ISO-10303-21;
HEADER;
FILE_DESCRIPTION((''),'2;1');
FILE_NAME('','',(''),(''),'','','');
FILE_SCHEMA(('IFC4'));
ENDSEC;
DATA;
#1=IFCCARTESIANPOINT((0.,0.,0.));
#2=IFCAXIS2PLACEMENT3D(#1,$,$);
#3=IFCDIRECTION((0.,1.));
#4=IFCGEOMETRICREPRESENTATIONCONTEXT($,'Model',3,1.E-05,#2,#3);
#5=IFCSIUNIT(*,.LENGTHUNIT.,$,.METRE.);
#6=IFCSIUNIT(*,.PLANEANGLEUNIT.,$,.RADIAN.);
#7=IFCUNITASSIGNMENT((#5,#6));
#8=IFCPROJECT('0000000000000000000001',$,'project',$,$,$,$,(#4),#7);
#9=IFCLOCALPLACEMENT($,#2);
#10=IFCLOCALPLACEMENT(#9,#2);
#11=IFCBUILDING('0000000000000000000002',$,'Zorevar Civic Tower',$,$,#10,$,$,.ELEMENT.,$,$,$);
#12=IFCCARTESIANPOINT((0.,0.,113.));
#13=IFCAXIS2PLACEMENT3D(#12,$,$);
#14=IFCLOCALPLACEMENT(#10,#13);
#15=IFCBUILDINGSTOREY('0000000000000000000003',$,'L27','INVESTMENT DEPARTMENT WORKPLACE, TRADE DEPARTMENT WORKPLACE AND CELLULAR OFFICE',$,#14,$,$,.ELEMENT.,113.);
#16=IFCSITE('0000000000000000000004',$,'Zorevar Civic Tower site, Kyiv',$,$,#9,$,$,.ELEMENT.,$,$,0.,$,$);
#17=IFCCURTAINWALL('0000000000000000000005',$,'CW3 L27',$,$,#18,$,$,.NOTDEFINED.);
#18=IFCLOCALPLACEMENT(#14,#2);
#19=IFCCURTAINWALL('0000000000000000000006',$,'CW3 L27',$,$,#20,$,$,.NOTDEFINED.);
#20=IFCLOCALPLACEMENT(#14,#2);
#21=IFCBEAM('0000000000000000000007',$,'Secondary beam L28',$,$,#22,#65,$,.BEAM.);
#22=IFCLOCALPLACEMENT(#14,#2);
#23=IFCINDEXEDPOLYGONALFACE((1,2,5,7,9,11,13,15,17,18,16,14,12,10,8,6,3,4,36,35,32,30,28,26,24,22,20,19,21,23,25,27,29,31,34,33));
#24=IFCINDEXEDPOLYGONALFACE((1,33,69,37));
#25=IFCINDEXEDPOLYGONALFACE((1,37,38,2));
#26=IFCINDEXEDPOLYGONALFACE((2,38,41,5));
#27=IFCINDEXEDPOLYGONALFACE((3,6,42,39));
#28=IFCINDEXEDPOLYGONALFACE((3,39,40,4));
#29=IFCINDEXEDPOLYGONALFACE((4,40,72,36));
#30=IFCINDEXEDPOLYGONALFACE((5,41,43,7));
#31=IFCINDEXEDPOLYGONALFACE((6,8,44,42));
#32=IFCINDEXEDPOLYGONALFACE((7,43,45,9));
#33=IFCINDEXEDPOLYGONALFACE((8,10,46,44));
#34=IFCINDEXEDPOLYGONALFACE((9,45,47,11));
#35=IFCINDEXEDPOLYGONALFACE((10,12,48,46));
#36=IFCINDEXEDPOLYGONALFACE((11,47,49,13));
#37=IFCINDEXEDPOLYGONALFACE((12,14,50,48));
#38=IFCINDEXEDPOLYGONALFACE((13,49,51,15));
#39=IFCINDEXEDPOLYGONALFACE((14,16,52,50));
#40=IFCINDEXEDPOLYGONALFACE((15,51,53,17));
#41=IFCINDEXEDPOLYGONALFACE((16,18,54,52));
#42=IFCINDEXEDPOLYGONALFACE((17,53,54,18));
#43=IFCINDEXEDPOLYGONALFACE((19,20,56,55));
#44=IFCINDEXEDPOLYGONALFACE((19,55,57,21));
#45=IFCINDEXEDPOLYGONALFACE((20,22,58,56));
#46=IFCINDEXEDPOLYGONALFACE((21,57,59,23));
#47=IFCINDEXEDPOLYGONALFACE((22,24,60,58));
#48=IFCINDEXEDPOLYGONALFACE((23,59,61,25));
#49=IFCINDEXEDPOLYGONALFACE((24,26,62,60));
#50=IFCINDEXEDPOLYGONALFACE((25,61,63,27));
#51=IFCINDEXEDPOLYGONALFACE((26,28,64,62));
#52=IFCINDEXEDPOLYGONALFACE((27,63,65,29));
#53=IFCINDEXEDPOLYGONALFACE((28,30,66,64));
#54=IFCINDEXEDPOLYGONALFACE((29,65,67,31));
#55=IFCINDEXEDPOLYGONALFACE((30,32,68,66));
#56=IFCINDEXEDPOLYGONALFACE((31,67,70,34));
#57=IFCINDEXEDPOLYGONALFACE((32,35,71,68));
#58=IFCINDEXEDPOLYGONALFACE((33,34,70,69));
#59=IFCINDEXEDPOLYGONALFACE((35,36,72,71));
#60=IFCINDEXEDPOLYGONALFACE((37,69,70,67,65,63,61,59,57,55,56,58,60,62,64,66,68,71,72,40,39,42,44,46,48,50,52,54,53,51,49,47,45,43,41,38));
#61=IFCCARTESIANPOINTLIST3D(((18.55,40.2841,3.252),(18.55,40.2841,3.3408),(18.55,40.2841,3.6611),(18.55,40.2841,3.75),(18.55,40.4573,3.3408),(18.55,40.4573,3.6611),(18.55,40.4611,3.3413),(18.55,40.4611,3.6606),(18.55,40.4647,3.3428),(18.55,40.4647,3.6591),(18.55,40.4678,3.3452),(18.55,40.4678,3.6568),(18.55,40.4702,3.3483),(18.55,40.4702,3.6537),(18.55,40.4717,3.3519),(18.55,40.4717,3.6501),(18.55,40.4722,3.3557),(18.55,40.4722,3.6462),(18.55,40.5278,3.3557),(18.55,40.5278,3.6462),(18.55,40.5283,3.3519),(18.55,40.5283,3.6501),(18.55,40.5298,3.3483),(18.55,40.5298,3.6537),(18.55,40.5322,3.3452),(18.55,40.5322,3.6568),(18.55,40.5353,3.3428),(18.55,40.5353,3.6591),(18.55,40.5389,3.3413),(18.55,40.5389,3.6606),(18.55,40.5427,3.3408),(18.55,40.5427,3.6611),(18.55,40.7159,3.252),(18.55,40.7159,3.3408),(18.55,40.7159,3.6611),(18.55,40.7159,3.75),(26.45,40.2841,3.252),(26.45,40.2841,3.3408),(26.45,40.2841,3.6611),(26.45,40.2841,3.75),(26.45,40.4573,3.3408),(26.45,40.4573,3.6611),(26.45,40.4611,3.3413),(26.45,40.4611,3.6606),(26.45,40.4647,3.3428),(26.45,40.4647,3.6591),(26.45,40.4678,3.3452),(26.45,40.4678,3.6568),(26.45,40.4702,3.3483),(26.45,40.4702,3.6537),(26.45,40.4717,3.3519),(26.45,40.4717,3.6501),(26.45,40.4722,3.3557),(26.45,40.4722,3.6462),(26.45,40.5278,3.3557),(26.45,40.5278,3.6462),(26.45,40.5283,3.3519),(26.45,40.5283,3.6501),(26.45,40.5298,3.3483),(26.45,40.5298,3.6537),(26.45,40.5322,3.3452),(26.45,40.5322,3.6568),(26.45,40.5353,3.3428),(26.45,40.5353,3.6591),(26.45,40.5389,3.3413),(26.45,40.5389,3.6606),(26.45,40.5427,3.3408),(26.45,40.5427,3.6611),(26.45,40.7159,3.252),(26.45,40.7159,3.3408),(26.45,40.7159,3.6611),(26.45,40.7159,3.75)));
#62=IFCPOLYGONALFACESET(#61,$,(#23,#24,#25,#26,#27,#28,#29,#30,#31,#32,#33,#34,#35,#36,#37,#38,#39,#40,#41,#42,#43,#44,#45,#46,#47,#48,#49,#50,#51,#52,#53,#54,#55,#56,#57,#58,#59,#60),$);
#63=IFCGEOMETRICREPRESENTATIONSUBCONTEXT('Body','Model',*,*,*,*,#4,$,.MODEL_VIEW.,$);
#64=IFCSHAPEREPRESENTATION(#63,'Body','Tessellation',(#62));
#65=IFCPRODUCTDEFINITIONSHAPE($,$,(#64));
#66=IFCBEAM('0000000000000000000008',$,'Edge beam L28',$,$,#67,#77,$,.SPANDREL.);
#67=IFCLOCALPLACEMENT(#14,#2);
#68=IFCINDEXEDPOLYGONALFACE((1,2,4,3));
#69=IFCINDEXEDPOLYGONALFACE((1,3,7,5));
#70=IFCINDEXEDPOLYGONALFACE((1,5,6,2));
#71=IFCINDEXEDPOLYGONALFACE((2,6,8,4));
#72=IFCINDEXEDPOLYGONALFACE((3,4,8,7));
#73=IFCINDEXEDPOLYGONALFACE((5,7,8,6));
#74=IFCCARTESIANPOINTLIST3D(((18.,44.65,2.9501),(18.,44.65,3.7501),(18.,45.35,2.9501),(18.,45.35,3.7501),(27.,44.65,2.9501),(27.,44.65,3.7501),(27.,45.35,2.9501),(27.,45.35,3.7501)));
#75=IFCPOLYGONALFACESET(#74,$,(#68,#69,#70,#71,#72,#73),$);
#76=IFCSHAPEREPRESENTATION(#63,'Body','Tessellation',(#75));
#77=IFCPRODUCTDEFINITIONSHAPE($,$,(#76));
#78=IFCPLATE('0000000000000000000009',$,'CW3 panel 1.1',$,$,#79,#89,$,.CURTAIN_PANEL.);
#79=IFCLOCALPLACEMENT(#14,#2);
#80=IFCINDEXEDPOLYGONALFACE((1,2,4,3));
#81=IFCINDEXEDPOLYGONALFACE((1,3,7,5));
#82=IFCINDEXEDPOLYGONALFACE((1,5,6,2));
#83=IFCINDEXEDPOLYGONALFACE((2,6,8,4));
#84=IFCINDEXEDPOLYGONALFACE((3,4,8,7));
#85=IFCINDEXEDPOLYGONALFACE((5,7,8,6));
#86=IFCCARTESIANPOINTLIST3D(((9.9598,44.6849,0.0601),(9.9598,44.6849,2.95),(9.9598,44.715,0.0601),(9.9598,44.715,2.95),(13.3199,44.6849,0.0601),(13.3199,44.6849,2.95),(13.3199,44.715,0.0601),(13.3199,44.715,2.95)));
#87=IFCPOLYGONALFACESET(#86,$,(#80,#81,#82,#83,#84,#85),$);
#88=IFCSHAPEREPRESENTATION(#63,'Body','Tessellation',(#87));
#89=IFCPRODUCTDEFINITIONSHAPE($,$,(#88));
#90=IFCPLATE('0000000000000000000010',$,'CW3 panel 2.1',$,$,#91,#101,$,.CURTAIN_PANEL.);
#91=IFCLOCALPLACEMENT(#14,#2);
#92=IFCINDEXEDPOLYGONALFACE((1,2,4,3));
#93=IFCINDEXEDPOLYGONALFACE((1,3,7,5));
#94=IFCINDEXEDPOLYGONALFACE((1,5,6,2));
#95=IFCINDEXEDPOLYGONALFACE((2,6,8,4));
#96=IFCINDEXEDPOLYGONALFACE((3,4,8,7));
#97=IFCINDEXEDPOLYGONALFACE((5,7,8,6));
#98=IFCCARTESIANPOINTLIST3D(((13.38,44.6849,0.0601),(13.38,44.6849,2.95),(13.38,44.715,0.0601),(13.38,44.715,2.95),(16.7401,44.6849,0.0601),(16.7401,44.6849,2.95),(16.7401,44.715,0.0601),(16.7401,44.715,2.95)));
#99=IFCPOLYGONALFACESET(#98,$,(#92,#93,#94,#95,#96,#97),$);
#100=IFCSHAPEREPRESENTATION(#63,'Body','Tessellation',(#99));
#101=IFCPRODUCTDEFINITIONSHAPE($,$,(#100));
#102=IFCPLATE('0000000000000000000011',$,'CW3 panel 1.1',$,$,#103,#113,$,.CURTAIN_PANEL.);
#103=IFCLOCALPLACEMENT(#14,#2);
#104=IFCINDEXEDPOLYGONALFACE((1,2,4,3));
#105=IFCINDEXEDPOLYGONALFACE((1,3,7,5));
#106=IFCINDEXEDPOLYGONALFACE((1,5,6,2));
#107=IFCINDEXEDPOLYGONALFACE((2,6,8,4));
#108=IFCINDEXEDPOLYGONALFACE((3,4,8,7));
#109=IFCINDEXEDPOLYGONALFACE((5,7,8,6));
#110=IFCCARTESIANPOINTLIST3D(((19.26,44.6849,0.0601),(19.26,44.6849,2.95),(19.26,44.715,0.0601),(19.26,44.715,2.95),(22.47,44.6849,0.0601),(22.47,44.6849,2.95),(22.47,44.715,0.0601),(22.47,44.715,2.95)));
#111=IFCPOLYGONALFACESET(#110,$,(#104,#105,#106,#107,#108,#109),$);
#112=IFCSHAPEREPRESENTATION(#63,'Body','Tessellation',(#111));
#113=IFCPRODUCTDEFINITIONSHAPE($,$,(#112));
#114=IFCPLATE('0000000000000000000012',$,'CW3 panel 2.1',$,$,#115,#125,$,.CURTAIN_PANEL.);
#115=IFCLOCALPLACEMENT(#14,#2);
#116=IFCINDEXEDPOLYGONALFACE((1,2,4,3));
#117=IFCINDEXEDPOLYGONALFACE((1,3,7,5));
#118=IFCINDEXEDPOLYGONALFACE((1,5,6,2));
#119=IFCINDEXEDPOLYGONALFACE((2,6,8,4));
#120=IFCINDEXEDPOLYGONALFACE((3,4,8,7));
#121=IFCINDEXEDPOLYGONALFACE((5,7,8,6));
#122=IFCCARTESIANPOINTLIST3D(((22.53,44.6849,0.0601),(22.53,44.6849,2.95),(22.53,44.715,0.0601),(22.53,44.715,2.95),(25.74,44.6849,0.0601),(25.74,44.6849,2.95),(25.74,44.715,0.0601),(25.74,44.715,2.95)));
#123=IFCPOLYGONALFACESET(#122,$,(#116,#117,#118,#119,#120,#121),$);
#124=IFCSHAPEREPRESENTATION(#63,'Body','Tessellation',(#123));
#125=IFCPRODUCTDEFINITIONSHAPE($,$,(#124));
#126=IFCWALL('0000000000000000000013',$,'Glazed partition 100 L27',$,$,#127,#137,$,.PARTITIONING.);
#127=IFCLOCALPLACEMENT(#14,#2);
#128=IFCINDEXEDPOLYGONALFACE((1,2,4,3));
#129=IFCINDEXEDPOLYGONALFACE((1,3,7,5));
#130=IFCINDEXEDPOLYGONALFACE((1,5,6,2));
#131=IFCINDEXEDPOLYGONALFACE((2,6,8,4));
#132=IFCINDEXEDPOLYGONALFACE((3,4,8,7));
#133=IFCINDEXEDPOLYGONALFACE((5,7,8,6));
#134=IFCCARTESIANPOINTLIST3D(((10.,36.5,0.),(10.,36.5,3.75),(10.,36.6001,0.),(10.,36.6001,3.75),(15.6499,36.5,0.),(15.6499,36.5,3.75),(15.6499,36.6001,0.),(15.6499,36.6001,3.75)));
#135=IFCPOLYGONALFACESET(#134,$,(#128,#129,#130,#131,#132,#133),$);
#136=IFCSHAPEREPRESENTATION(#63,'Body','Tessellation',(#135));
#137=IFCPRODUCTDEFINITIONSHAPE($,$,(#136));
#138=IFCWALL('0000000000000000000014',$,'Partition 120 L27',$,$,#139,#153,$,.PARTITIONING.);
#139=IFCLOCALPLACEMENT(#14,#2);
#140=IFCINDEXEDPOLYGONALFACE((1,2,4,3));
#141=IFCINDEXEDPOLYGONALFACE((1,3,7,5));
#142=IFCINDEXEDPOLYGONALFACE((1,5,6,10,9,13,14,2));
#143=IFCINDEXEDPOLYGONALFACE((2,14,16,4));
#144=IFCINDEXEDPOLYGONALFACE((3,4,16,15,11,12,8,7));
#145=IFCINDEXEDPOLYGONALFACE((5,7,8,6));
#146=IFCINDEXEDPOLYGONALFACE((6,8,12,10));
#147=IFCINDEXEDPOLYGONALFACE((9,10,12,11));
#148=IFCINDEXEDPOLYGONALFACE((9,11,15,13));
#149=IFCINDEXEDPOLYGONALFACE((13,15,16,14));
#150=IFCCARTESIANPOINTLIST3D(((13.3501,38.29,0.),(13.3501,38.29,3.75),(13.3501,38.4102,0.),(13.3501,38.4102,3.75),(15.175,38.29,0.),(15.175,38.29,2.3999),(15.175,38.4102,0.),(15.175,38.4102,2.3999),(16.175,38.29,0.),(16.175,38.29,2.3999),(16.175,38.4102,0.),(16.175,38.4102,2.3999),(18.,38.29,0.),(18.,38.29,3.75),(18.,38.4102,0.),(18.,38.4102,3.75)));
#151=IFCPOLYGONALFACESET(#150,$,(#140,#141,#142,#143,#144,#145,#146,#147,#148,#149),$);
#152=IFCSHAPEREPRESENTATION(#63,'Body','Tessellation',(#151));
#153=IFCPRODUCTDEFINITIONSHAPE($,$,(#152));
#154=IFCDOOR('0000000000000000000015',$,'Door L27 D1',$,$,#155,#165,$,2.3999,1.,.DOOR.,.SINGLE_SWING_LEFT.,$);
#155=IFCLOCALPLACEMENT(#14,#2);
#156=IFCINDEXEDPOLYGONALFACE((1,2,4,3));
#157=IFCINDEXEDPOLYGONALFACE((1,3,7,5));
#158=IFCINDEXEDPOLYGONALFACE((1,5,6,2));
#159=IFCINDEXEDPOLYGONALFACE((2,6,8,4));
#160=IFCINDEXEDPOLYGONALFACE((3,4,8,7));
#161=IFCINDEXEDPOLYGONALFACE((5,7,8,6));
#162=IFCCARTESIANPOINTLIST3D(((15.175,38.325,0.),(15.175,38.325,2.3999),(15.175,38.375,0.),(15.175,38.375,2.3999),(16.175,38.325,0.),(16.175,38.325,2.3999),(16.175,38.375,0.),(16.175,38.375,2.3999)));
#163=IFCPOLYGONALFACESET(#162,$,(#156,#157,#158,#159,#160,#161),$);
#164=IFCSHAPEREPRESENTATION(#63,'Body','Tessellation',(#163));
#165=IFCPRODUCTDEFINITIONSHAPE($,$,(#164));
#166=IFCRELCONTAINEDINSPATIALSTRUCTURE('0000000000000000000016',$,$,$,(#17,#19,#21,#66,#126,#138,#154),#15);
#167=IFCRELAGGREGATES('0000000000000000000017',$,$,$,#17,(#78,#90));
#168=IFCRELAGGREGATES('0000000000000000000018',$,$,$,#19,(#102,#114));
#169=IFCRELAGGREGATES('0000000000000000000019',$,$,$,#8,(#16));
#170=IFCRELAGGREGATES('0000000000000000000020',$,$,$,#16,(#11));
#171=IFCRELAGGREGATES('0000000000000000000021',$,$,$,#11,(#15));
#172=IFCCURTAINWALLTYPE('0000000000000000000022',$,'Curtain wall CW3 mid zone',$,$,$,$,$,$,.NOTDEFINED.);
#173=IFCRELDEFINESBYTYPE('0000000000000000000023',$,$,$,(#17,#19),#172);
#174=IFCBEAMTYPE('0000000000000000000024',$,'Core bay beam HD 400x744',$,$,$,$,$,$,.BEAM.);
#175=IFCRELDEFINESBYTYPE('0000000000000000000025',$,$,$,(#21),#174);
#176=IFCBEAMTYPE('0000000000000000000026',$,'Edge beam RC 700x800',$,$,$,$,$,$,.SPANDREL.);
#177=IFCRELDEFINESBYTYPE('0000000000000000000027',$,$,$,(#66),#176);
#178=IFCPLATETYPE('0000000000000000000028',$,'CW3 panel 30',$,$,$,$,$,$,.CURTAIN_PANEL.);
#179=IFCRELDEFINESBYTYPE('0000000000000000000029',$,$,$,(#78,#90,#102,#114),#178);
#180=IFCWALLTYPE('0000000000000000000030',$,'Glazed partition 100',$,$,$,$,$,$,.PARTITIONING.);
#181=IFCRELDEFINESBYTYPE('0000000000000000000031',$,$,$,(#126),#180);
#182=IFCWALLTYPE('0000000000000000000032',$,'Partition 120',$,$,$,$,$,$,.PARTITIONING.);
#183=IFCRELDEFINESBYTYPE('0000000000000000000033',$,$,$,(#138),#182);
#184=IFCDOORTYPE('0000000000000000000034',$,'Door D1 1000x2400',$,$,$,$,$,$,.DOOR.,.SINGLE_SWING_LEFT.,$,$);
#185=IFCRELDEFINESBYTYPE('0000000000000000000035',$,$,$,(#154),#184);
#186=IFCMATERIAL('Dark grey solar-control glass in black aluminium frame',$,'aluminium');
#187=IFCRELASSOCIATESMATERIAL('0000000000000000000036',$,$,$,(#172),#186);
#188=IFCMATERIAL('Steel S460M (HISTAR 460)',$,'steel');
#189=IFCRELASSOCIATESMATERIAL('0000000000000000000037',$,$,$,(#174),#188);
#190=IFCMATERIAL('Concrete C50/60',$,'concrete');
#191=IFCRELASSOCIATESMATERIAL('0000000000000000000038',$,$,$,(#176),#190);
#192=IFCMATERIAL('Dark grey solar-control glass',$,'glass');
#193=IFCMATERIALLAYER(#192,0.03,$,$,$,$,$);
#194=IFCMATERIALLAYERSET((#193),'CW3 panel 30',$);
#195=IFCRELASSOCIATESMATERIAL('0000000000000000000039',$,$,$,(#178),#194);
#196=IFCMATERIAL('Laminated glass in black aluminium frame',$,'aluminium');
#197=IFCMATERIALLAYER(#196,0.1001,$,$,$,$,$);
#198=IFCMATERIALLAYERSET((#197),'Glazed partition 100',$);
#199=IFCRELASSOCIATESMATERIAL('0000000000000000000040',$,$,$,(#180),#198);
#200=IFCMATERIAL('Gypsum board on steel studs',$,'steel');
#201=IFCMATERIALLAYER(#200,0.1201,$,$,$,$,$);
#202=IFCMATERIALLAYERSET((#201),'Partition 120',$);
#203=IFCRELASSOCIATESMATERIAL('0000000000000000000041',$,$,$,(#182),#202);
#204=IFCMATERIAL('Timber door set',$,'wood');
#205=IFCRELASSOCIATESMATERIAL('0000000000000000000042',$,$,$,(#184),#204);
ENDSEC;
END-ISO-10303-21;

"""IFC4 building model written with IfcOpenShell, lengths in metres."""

from ifc_helpers import new_model, si_unit, direction, frame, frame_2d, origin, origin_2d, place, context, subcontext, project, spatial, rectangle, i_section, extrude, material, layer, layer_set, material_profile, profile_set, type_object, element, fill, aggregate, save


model = new_model("IFC4")

# Units and contexts
model_context = context("Model", 3, precision=1e-05, world=origin(), true_north=direction((0.0, 1.0)))
body_context = subcontext(model_context, "Body", "Model", "MODEL_VIEW")
ifc_project = project(units=[si_unit("LENGTHUNIT", "METRE"), si_unit("PLANEANGLEUNIT", "RADIAN")], contexts=[model_context])

# Site, building, storey
site_placement = place(None, origin())
site = spatial("IfcSite", under=ifc_project, at=site_placement, Name="Zorevar Civic Tower site, Kyiv", CompositionType="ELEMENT", RefElevation=0.0)
building_placement = place(site_placement, origin())
building = spatial("IfcBuilding", under=site, at=building_placement, Name="Zorevar Civic Tower", CompositionType="ELEMENT")
storey_placement = place(building_placement, frame((0.0, 0.0, 113.0)))
storey = spatial("IfcBuildingStorey", under=building, at=storey_placement, Name="L27", Description="INVESTMENT DEPARTMENT WORKPLACE, TRADE DEPARTMENT WORKPLACE AND CELLULAR OFFICE", CompositionType="ELEMENT", Elevation=113.0)

# Curtain walls
ifc_material_1 = material(Name="Dark grey solar-control glass in black aluminium frame", Category="aluminium")
curtain_wall_type = type_object("IfcCurtainWallType", Name="Curtain wall CW3 mid zone", PredefinedType="NOTDEFINED", material=ifc_material_1)
curtain_wall_1_placement = place(storey_placement, origin())
curtain_wall_1 = element("IfcCurtainWall", 1, at=curtain_wall_1_placement, inside=storey, type_object=curtain_wall_type, Name="CW3 L27", PredefinedType="NOTDEFINED")
curtain_wall_2_placement = place(storey_placement, origin())
curtain_wall_2 = element("IfcCurtainWall", 2, at=curtain_wall_2_placement, inside=storey, type_object=curtain_wall_type, Name="CW3 L27", PredefinedType="NOTDEFINED")

# Beams
ifc_material_2 = material(Name="Steel S460M (HISTAR 460)", Category="steel")
ifc_material_profile_1 = material_profile(ifc_material_2, i_section(OverallWidth=0.4319, OverallDepth=0.498, WebThickness=0.0557, FlangeThickness=0.0889, FilletRadius=0.0149, at=origin_2d()), Name="HD 400x744")
ifc_profile_set_1 = profile_set([ifc_material_profile_1], Name="Steel S460M (HISTAR 460)")
beam_type_1 = type_object("IfcBeamType", Name="Core bay beam HD 400x744", PredefinedType="BEAM", material=ifc_profile_set_1)
beam_1_placement = place(storey_placement, frame((18.55, 40.5, 3.501), z_axis=(1.0, 0.0, 0.0), x_axis=(0.0, 1.0, 0.0)))
element("IfcBeam", 3, at=beam_1_placement, inside=storey, type_object=beam_type_1, Name="Secondary beam L28", PredefinedType="BEAM", context=body_context, shape_type="SweptSolid", body=[
    extrude(i_section(OverallWidth=0.4319, OverallDepth=0.498, WebThickness=0.0557, FlangeThickness=0.0889, FilletRadius=0.0149, at=origin_2d()), origin(), (0.0, 0.0, 1.0), 7.8999),
])
ifc_material_3 = material(Name="Concrete C50/60", Category="concrete")
ifc_material_profile_2 = material_profile(ifc_material_3, rectangle(XDim=0.7, YDim=0.8, at=origin_2d()), Name="RC 700x800")
ifc_profile_set_2 = profile_set([ifc_material_profile_2], Name="Concrete C50/60")
beam_type_2 = type_object("IfcBeamType", Name="Edge beam RC 700x800", PredefinedType="SPANDREL", material=ifc_profile_set_2)
beam_2_placement = place(storey_placement, frame((18.0, 45.0, 3.3501), z_axis=(1.0, 0.0, 0.0), x_axis=(0.0, 1.0, 0.0)))
element("IfcBeam", 4, at=beam_2_placement, inside=storey, type_object=beam_type_2, Name="Edge beam L28", PredefinedType="SPANDREL", context=body_context, shape_type="SweptSolid", body=[
    extrude(rectangle(XDim=0.7, YDim=0.8, at=origin_2d()), origin(), (0.0, 0.0, 1.0), 9.0),
])

# Plates
ifc_material_4 = material(Name="Dark grey solar-control glass", Category="glass")
ifc_layer_1 = layer(ifc_material_4, 0.03)
ifc_layer_set_1 = layer_set([ifc_layer_1], Name="CW3 panel 30")
plate_type = type_object("IfcPlateType", Name="CW3 panel 30", PredefinedType="CURTAIN_PANEL", material=ifc_layer_set_1)
plate_1_placement = place(storey_placement, frame((11.6399, 44.7, 0.0601), z_axis=(0.0, 0.0, 1.0), x_axis=(1.0, 0.0, 0.0)))
plate_1 = element("IfcPlate", 5, at=plate_1_placement, type_object=plate_type, Name="CW3 panel 1.1", PredefinedType="CURTAIN_PANEL", context=body_context, shape_type="SweptSolid", body=[
    extrude(rectangle(XDim=3.3601, YDim=0.03, at=origin_2d()), origin(), (0.0, 0.0, 1.0), 2.8899),
])
plate_2_placement = place(storey_placement, frame((15.0601, 44.7, 0.0601), z_axis=(0.0, 0.0, 1.0), x_axis=(1.0, 0.0, 0.0)))
plate_2 = element("IfcPlate", 6, at=plate_2_placement, type_object=plate_type, Name="CW3 panel 2.1", PredefinedType="CURTAIN_PANEL", context=body_context, shape_type="SweptSolid", body=[
    extrude(rectangle(XDim=3.3601, YDim=0.03, at=origin_2d()), origin(), (0.0, 0.0, 1.0), 2.8899),
])
aggregate(curtain_wall_1, [plate_1, plate_2])
plate_3_placement = place(storey_placement, frame((20.865, 44.7, 0.0601), z_axis=(0.0, 0.0, 1.0), x_axis=(1.0, 0.0, 0.0)))
plate_3 = element("IfcPlate", 7, at=plate_3_placement, type_object=plate_type, Name="CW3 panel 1.1", PredefinedType="CURTAIN_PANEL", context=body_context, shape_type="SweptSolid", body=[
    extrude(rectangle(XDim=3.21, YDim=0.03, at=origin_2d()), origin(), (0.0, 0.0, 1.0), 2.8899),
])
plate_4_placement = place(storey_placement, frame((24.135, 44.7, 0.0601), z_axis=(0.0, 0.0, 1.0), x_axis=(1.0, 0.0, 0.0)))
plate_4 = element("IfcPlate", 8, at=plate_4_placement, type_object=plate_type, Name="CW3 panel 2.1", PredefinedType="CURTAIN_PANEL", context=body_context, shape_type="SweptSolid", body=[
    extrude(rectangle(XDim=3.21, YDim=0.03, at=origin_2d()), origin(), (0.0, 0.0, 1.0), 2.8899),
])
aggregate(curtain_wall_2, [plate_3, plate_4])

# Wall
ifc_material_5 = material(Name="Laminated glass in black aluminium frame", Category="aluminium")
ifc_layer_2 = layer(ifc_material_5, 0.1001)
ifc_layer_set_2 = layer_set([ifc_layer_2], Name="Glazed partition 100")
wall_type_1 = type_object("IfcWallType", Name="Glazed partition 100", PredefinedType="PARTITIONING", material=ifc_layer_set_2)
wall_1_placement = place(storey_placement, frame((10.0, 36.55, 0.0), z_axis=(0.0, 0.0, 1.0), x_axis=(1.0, 0.0, 0.0)))
element("IfcWall", 9, at=wall_1_placement, inside=storey, type_object=wall_type_1, Name="Glazed partition 100 L27", PredefinedType="PARTITIONING", context=body_context, shape_type="SweptSolid", body=[
    extrude(rectangle(XDim=5.6499, YDim=0.1001, at=frame_2d((2.825, 0.0))), origin(), (0.0, 0.0, 1.0), 3.75),
])

# Wall, opening, door
ifc_material_6 = material(Name="Gypsum board on steel studs", Category="steel")
ifc_layer_3 = layer(ifc_material_6, 0.1201)
ifc_layer_set_3 = layer_set([ifc_layer_3], Name="Partition 120")
wall_type_2 = type_object("IfcWallType", Name="Partition 120", PredefinedType="PARTITIONING", material=ifc_layer_set_3)
wall_2_placement = place(storey_placement, frame((13.3501, 38.3501, 0.0), z_axis=(0.0, 0.0, 1.0), x_axis=(1.0, 0.0, 0.0)))
wall_2 = element("IfcWall", 10, at=wall_2_placement, inside=storey, type_object=wall_type_2, Name="Partition 120 L27", PredefinedType="PARTITIONING", context=body_context, shape_type="SweptSolid", body=[
    extrude(rectangle(XDim=4.6499, YDim=0.1201, at=frame_2d((2.325, 0.0))), origin(), (0.0, 0.0, 1.0), 3.75),
])
opening_1_placement = place(wall_2_placement, frame((1.825, 0.0, 0.0)))
opening_1 = element("IfcOpeningElement", 11, at=opening_1_placement, cuts=wall_2, PredefinedType="OPENING", context=body_context, shape_type="SweptSolid", body=[
    extrude(rectangle(XDim=1.0, YDim=2.3999, at=frame_2d((0.5, 1.2))), frame((0.0, 0.0701, 0.0), z_axis=(0.0, -1.0, 0.0), x_axis=(1.0, 0.0, 0.0)), (0.0, 0.0, 1.0), 0.1401),
])
ifc_material_7 = material(Name="Timber door set", Category="wood")
door_type_1 = type_object("IfcDoorType", Name="Door D1 1000x2400", OperationType="SINGLE_SWING_LEFT", PredefinedType="DOOR", material=ifc_material_7)
door_1_placement = place(opening_1_placement, origin())
door_1 = element("IfcDoor", 12, at=door_1_placement, inside=storey, type_object=door_type_1, Name="Door L27 D1", OperationType="SINGLE_SWING_LEFT", OverallHeight=2.3999, OverallWidth=1.0, PredefinedType="DOOR", context=body_context, shape_type="SweptSolid", body=[
    extrude(rectangle(XDim=1.0, YDim=2.3999, at=frame_2d((0.5, 1.2))), frame((0.0, 0.0249, 0.0), z_axis=(0.0, -1.0, 0.0), x_axis=(1.0, 0.0, 0.0)), (0.0, 0.0, 1.0), 0.05),
])
fill(opening_1, door_1)

save(model, "model.ifc")
